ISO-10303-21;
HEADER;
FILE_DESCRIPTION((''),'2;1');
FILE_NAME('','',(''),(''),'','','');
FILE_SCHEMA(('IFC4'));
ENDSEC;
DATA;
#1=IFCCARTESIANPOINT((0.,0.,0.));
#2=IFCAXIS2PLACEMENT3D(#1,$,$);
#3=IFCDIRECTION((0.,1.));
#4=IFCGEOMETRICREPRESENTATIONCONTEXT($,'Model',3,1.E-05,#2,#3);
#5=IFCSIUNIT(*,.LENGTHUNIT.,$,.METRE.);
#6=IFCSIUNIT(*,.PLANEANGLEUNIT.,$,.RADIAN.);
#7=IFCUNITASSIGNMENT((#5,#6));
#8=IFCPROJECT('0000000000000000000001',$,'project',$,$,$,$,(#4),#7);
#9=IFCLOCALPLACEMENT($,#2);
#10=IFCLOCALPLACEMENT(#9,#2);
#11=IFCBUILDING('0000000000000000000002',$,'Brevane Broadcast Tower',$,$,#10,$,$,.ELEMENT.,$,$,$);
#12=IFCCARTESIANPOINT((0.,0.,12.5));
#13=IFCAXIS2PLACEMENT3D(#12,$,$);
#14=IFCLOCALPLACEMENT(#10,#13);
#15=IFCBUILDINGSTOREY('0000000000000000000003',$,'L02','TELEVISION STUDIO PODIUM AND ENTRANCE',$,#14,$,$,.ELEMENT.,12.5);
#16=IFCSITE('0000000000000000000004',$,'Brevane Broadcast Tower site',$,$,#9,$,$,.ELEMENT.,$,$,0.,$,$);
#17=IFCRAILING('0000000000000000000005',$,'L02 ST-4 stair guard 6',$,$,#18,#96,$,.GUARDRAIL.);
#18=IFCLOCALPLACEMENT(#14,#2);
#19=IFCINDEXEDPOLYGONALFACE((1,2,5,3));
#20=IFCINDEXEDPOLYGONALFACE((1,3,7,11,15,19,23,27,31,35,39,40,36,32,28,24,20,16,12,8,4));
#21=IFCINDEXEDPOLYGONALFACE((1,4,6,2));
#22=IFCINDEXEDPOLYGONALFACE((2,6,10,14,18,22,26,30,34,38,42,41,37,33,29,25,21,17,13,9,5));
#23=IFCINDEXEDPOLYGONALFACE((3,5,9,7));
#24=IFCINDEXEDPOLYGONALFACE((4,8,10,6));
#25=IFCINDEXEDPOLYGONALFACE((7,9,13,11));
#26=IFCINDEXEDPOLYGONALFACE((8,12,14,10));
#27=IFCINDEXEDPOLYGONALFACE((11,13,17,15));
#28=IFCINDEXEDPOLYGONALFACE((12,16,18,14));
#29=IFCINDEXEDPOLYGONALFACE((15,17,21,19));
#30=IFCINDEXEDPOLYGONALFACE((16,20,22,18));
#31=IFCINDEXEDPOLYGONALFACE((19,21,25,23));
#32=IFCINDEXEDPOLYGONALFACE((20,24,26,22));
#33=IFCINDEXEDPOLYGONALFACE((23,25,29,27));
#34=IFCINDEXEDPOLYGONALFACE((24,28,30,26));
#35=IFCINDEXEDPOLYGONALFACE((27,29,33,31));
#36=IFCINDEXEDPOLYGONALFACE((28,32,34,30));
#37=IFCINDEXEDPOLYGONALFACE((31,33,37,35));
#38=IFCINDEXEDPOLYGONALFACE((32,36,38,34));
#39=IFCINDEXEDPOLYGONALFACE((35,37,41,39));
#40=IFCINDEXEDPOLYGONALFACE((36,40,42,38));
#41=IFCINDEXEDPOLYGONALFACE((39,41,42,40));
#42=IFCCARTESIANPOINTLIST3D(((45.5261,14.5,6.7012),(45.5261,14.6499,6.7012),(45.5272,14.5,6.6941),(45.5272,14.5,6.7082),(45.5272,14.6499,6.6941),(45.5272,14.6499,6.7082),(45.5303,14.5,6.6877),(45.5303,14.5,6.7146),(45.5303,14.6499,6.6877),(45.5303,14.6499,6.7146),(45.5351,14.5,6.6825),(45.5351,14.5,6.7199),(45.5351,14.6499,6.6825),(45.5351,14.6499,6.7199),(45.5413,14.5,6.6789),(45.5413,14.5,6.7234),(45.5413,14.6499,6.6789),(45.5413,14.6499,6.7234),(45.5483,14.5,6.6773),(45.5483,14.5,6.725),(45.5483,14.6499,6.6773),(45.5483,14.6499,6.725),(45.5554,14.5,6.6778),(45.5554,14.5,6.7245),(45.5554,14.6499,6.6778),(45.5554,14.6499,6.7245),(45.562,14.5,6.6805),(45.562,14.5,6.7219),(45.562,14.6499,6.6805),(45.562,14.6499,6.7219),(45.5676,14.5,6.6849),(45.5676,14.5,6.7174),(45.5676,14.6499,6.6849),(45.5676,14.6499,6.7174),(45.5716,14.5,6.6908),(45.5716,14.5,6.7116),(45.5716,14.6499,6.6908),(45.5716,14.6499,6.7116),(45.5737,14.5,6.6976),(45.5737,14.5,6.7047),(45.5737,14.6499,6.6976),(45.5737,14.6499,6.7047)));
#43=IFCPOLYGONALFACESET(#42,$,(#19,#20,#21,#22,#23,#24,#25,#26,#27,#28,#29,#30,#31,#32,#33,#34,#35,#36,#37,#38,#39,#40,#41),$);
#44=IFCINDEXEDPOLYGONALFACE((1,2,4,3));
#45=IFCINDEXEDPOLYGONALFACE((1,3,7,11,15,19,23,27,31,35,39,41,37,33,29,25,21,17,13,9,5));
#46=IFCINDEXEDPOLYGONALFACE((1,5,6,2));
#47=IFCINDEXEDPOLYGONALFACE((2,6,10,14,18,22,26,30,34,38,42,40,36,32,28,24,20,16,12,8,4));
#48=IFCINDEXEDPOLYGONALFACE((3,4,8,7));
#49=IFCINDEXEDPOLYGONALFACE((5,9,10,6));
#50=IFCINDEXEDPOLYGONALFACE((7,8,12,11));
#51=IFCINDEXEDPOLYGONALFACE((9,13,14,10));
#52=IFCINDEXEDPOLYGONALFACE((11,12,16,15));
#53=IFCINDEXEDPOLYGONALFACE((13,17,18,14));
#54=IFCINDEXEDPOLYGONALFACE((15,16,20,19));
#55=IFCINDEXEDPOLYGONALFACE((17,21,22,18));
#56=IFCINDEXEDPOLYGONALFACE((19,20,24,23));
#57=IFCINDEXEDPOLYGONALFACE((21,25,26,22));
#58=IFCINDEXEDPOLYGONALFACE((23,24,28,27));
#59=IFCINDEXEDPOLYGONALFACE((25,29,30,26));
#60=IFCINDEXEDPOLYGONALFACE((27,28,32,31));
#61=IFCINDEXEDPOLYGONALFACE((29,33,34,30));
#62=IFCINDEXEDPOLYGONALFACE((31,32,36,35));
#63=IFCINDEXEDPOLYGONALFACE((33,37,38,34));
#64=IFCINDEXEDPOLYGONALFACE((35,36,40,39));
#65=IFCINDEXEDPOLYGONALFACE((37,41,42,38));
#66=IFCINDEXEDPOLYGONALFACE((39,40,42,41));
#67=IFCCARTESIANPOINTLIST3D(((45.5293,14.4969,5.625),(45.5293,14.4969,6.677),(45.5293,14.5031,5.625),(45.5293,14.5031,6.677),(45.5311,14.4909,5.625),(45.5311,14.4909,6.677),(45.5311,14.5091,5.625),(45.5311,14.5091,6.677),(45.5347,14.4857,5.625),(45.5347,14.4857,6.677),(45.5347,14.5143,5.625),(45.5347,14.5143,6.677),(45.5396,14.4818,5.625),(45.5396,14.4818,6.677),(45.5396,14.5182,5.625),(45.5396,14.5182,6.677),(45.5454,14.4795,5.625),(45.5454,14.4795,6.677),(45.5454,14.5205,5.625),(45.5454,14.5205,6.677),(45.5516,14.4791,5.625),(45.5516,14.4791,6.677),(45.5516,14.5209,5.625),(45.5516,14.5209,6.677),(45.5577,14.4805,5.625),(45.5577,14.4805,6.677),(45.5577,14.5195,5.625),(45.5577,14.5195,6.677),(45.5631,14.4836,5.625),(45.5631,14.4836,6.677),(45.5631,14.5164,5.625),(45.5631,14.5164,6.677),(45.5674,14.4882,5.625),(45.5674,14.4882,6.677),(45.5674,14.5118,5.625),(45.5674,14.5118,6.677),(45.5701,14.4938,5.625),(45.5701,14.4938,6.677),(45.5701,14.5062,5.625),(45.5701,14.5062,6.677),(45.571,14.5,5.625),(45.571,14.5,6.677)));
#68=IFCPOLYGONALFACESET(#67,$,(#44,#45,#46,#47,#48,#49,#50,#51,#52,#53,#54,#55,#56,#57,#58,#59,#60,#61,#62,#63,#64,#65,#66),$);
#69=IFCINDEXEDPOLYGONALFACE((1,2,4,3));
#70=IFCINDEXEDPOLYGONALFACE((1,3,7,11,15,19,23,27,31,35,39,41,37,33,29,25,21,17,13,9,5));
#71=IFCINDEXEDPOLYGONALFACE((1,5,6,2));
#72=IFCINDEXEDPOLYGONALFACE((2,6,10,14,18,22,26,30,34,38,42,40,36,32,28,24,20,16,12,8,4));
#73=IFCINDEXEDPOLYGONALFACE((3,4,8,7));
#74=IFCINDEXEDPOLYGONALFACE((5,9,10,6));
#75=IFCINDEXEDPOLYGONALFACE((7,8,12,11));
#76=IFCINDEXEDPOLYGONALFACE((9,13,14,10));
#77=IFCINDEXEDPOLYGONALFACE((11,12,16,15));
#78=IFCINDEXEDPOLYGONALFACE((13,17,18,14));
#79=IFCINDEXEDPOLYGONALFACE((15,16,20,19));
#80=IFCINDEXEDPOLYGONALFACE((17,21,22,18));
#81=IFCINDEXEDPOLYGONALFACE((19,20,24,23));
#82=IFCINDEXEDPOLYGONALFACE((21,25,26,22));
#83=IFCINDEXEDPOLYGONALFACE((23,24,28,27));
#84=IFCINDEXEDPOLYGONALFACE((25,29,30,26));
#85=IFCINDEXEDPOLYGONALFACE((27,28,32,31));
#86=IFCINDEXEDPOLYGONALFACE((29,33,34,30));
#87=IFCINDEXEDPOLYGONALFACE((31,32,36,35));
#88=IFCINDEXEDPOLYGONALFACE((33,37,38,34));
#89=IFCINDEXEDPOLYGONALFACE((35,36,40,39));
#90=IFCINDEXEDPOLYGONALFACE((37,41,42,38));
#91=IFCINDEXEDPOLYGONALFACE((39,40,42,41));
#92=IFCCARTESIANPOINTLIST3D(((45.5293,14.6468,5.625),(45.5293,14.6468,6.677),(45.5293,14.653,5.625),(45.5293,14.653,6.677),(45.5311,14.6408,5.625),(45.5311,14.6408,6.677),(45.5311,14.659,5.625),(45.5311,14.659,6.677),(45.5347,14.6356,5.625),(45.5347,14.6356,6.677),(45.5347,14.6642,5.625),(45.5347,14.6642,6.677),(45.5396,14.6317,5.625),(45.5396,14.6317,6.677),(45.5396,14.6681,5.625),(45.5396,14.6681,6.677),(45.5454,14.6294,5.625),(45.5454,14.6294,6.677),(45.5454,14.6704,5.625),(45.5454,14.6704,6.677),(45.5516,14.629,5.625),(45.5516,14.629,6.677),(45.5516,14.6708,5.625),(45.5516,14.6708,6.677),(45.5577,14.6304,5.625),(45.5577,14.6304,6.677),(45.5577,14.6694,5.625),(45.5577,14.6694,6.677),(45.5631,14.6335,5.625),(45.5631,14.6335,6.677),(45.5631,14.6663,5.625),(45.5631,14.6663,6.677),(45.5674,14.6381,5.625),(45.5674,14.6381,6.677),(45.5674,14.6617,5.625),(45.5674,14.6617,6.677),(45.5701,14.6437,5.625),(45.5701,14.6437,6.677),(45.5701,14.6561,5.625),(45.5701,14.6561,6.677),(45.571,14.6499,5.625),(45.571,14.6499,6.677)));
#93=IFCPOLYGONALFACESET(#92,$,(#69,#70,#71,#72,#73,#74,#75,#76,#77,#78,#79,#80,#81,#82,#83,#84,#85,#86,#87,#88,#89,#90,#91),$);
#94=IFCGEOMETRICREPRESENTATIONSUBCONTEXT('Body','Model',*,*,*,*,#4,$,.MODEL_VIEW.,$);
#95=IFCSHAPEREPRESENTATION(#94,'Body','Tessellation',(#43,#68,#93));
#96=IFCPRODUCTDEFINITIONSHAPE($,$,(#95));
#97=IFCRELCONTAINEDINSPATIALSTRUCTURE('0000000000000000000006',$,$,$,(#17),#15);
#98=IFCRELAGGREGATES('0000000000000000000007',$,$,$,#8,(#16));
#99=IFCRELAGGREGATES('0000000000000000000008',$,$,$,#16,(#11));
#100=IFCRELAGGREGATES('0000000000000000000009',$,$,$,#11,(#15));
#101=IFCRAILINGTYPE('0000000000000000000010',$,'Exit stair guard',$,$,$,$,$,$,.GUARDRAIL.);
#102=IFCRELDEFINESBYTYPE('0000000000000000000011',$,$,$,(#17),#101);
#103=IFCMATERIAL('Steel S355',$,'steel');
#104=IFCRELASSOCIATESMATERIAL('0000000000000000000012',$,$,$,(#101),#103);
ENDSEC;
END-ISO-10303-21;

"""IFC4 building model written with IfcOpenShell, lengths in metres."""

from ifc_helpers import new_model, si_unit, direction, frame, origin, origin_2d, place, context, subcontext, project, spatial, circle, extrude, material, type_object, element, save


model = new_model("IFC4")

# Units and contexts
model_context = context("Model", 3, precision=1e-05, world=origin(), true_north=direction((0.0, 1.0)))
body_context = subcontext(model_context, "Body", "Model", "MODEL_VIEW")
ifc_project = project(units=[si_unit("LENGTHUNIT", "METRE"), si_unit("PLANEANGLEUNIT", "RADIAN")], contexts=[model_context])

# Site, building, storey
site_placement = place(None, origin())
site = spatial("IfcSite", under=ifc_project, at=site_placement, Name="Brevane Broadcast Tower site", CompositionType="ELEMENT", RefElevation=0.0)
building_placement = place(site_placement, origin())
building = spatial("IfcBuilding", under=site, at=building_placement, Name="Brevane Broadcast Tower", CompositionType="ELEMENT")
storey_placement = place(building_placement, frame((0.0, 0.0, 12.5)))
storey = spatial("IfcBuildingStorey", under=building, at=storey_placement, Name="L02", Description="TELEVISION STUDIO PODIUM AND ENTRANCE", CompositionType="ELEMENT", Elevation=12.5)

# Railing
ifc_material_1 = material(Name="Steel S355", Category="steel")
railing_type_1 = type_object("IfcRailingType", Name="Exit stair guard", PredefinedType="GUARDRAIL", material=ifc_material_1)
railing_1_placement = place(storey_placement, frame((45.55, 14.5, 5.625)))
element("IfcRailing", 1, at=railing_1_placement, inside=storey, type_object=railing_type_1, Name="L02 ST-4 stair guard 6", PredefinedType="GUARDRAIL", context=body_context, shape_type="SweptSolid", body=[
    extrude(circle(Radius=0.0239, at=origin_2d()), frame((0.0, 0.0, 1.0762), z_axis=(0.0, 1.0, 0.0), x_axis=(-1.0, 0.0, 0.0)), (0.0, 0.0, 1.0), 0.1499),
    extrude(circle(Radius=0.021, at=origin_2d()), origin(), (0.0, 0.0, 1.0), 1.052),
    extrude(circle(Radius=0.021, at=origin_2d()), frame((0.0, 0.1499, 0.0)), (0.0, 0.0, 1.0), 1.052),
])

save(model, "model.ifc")
